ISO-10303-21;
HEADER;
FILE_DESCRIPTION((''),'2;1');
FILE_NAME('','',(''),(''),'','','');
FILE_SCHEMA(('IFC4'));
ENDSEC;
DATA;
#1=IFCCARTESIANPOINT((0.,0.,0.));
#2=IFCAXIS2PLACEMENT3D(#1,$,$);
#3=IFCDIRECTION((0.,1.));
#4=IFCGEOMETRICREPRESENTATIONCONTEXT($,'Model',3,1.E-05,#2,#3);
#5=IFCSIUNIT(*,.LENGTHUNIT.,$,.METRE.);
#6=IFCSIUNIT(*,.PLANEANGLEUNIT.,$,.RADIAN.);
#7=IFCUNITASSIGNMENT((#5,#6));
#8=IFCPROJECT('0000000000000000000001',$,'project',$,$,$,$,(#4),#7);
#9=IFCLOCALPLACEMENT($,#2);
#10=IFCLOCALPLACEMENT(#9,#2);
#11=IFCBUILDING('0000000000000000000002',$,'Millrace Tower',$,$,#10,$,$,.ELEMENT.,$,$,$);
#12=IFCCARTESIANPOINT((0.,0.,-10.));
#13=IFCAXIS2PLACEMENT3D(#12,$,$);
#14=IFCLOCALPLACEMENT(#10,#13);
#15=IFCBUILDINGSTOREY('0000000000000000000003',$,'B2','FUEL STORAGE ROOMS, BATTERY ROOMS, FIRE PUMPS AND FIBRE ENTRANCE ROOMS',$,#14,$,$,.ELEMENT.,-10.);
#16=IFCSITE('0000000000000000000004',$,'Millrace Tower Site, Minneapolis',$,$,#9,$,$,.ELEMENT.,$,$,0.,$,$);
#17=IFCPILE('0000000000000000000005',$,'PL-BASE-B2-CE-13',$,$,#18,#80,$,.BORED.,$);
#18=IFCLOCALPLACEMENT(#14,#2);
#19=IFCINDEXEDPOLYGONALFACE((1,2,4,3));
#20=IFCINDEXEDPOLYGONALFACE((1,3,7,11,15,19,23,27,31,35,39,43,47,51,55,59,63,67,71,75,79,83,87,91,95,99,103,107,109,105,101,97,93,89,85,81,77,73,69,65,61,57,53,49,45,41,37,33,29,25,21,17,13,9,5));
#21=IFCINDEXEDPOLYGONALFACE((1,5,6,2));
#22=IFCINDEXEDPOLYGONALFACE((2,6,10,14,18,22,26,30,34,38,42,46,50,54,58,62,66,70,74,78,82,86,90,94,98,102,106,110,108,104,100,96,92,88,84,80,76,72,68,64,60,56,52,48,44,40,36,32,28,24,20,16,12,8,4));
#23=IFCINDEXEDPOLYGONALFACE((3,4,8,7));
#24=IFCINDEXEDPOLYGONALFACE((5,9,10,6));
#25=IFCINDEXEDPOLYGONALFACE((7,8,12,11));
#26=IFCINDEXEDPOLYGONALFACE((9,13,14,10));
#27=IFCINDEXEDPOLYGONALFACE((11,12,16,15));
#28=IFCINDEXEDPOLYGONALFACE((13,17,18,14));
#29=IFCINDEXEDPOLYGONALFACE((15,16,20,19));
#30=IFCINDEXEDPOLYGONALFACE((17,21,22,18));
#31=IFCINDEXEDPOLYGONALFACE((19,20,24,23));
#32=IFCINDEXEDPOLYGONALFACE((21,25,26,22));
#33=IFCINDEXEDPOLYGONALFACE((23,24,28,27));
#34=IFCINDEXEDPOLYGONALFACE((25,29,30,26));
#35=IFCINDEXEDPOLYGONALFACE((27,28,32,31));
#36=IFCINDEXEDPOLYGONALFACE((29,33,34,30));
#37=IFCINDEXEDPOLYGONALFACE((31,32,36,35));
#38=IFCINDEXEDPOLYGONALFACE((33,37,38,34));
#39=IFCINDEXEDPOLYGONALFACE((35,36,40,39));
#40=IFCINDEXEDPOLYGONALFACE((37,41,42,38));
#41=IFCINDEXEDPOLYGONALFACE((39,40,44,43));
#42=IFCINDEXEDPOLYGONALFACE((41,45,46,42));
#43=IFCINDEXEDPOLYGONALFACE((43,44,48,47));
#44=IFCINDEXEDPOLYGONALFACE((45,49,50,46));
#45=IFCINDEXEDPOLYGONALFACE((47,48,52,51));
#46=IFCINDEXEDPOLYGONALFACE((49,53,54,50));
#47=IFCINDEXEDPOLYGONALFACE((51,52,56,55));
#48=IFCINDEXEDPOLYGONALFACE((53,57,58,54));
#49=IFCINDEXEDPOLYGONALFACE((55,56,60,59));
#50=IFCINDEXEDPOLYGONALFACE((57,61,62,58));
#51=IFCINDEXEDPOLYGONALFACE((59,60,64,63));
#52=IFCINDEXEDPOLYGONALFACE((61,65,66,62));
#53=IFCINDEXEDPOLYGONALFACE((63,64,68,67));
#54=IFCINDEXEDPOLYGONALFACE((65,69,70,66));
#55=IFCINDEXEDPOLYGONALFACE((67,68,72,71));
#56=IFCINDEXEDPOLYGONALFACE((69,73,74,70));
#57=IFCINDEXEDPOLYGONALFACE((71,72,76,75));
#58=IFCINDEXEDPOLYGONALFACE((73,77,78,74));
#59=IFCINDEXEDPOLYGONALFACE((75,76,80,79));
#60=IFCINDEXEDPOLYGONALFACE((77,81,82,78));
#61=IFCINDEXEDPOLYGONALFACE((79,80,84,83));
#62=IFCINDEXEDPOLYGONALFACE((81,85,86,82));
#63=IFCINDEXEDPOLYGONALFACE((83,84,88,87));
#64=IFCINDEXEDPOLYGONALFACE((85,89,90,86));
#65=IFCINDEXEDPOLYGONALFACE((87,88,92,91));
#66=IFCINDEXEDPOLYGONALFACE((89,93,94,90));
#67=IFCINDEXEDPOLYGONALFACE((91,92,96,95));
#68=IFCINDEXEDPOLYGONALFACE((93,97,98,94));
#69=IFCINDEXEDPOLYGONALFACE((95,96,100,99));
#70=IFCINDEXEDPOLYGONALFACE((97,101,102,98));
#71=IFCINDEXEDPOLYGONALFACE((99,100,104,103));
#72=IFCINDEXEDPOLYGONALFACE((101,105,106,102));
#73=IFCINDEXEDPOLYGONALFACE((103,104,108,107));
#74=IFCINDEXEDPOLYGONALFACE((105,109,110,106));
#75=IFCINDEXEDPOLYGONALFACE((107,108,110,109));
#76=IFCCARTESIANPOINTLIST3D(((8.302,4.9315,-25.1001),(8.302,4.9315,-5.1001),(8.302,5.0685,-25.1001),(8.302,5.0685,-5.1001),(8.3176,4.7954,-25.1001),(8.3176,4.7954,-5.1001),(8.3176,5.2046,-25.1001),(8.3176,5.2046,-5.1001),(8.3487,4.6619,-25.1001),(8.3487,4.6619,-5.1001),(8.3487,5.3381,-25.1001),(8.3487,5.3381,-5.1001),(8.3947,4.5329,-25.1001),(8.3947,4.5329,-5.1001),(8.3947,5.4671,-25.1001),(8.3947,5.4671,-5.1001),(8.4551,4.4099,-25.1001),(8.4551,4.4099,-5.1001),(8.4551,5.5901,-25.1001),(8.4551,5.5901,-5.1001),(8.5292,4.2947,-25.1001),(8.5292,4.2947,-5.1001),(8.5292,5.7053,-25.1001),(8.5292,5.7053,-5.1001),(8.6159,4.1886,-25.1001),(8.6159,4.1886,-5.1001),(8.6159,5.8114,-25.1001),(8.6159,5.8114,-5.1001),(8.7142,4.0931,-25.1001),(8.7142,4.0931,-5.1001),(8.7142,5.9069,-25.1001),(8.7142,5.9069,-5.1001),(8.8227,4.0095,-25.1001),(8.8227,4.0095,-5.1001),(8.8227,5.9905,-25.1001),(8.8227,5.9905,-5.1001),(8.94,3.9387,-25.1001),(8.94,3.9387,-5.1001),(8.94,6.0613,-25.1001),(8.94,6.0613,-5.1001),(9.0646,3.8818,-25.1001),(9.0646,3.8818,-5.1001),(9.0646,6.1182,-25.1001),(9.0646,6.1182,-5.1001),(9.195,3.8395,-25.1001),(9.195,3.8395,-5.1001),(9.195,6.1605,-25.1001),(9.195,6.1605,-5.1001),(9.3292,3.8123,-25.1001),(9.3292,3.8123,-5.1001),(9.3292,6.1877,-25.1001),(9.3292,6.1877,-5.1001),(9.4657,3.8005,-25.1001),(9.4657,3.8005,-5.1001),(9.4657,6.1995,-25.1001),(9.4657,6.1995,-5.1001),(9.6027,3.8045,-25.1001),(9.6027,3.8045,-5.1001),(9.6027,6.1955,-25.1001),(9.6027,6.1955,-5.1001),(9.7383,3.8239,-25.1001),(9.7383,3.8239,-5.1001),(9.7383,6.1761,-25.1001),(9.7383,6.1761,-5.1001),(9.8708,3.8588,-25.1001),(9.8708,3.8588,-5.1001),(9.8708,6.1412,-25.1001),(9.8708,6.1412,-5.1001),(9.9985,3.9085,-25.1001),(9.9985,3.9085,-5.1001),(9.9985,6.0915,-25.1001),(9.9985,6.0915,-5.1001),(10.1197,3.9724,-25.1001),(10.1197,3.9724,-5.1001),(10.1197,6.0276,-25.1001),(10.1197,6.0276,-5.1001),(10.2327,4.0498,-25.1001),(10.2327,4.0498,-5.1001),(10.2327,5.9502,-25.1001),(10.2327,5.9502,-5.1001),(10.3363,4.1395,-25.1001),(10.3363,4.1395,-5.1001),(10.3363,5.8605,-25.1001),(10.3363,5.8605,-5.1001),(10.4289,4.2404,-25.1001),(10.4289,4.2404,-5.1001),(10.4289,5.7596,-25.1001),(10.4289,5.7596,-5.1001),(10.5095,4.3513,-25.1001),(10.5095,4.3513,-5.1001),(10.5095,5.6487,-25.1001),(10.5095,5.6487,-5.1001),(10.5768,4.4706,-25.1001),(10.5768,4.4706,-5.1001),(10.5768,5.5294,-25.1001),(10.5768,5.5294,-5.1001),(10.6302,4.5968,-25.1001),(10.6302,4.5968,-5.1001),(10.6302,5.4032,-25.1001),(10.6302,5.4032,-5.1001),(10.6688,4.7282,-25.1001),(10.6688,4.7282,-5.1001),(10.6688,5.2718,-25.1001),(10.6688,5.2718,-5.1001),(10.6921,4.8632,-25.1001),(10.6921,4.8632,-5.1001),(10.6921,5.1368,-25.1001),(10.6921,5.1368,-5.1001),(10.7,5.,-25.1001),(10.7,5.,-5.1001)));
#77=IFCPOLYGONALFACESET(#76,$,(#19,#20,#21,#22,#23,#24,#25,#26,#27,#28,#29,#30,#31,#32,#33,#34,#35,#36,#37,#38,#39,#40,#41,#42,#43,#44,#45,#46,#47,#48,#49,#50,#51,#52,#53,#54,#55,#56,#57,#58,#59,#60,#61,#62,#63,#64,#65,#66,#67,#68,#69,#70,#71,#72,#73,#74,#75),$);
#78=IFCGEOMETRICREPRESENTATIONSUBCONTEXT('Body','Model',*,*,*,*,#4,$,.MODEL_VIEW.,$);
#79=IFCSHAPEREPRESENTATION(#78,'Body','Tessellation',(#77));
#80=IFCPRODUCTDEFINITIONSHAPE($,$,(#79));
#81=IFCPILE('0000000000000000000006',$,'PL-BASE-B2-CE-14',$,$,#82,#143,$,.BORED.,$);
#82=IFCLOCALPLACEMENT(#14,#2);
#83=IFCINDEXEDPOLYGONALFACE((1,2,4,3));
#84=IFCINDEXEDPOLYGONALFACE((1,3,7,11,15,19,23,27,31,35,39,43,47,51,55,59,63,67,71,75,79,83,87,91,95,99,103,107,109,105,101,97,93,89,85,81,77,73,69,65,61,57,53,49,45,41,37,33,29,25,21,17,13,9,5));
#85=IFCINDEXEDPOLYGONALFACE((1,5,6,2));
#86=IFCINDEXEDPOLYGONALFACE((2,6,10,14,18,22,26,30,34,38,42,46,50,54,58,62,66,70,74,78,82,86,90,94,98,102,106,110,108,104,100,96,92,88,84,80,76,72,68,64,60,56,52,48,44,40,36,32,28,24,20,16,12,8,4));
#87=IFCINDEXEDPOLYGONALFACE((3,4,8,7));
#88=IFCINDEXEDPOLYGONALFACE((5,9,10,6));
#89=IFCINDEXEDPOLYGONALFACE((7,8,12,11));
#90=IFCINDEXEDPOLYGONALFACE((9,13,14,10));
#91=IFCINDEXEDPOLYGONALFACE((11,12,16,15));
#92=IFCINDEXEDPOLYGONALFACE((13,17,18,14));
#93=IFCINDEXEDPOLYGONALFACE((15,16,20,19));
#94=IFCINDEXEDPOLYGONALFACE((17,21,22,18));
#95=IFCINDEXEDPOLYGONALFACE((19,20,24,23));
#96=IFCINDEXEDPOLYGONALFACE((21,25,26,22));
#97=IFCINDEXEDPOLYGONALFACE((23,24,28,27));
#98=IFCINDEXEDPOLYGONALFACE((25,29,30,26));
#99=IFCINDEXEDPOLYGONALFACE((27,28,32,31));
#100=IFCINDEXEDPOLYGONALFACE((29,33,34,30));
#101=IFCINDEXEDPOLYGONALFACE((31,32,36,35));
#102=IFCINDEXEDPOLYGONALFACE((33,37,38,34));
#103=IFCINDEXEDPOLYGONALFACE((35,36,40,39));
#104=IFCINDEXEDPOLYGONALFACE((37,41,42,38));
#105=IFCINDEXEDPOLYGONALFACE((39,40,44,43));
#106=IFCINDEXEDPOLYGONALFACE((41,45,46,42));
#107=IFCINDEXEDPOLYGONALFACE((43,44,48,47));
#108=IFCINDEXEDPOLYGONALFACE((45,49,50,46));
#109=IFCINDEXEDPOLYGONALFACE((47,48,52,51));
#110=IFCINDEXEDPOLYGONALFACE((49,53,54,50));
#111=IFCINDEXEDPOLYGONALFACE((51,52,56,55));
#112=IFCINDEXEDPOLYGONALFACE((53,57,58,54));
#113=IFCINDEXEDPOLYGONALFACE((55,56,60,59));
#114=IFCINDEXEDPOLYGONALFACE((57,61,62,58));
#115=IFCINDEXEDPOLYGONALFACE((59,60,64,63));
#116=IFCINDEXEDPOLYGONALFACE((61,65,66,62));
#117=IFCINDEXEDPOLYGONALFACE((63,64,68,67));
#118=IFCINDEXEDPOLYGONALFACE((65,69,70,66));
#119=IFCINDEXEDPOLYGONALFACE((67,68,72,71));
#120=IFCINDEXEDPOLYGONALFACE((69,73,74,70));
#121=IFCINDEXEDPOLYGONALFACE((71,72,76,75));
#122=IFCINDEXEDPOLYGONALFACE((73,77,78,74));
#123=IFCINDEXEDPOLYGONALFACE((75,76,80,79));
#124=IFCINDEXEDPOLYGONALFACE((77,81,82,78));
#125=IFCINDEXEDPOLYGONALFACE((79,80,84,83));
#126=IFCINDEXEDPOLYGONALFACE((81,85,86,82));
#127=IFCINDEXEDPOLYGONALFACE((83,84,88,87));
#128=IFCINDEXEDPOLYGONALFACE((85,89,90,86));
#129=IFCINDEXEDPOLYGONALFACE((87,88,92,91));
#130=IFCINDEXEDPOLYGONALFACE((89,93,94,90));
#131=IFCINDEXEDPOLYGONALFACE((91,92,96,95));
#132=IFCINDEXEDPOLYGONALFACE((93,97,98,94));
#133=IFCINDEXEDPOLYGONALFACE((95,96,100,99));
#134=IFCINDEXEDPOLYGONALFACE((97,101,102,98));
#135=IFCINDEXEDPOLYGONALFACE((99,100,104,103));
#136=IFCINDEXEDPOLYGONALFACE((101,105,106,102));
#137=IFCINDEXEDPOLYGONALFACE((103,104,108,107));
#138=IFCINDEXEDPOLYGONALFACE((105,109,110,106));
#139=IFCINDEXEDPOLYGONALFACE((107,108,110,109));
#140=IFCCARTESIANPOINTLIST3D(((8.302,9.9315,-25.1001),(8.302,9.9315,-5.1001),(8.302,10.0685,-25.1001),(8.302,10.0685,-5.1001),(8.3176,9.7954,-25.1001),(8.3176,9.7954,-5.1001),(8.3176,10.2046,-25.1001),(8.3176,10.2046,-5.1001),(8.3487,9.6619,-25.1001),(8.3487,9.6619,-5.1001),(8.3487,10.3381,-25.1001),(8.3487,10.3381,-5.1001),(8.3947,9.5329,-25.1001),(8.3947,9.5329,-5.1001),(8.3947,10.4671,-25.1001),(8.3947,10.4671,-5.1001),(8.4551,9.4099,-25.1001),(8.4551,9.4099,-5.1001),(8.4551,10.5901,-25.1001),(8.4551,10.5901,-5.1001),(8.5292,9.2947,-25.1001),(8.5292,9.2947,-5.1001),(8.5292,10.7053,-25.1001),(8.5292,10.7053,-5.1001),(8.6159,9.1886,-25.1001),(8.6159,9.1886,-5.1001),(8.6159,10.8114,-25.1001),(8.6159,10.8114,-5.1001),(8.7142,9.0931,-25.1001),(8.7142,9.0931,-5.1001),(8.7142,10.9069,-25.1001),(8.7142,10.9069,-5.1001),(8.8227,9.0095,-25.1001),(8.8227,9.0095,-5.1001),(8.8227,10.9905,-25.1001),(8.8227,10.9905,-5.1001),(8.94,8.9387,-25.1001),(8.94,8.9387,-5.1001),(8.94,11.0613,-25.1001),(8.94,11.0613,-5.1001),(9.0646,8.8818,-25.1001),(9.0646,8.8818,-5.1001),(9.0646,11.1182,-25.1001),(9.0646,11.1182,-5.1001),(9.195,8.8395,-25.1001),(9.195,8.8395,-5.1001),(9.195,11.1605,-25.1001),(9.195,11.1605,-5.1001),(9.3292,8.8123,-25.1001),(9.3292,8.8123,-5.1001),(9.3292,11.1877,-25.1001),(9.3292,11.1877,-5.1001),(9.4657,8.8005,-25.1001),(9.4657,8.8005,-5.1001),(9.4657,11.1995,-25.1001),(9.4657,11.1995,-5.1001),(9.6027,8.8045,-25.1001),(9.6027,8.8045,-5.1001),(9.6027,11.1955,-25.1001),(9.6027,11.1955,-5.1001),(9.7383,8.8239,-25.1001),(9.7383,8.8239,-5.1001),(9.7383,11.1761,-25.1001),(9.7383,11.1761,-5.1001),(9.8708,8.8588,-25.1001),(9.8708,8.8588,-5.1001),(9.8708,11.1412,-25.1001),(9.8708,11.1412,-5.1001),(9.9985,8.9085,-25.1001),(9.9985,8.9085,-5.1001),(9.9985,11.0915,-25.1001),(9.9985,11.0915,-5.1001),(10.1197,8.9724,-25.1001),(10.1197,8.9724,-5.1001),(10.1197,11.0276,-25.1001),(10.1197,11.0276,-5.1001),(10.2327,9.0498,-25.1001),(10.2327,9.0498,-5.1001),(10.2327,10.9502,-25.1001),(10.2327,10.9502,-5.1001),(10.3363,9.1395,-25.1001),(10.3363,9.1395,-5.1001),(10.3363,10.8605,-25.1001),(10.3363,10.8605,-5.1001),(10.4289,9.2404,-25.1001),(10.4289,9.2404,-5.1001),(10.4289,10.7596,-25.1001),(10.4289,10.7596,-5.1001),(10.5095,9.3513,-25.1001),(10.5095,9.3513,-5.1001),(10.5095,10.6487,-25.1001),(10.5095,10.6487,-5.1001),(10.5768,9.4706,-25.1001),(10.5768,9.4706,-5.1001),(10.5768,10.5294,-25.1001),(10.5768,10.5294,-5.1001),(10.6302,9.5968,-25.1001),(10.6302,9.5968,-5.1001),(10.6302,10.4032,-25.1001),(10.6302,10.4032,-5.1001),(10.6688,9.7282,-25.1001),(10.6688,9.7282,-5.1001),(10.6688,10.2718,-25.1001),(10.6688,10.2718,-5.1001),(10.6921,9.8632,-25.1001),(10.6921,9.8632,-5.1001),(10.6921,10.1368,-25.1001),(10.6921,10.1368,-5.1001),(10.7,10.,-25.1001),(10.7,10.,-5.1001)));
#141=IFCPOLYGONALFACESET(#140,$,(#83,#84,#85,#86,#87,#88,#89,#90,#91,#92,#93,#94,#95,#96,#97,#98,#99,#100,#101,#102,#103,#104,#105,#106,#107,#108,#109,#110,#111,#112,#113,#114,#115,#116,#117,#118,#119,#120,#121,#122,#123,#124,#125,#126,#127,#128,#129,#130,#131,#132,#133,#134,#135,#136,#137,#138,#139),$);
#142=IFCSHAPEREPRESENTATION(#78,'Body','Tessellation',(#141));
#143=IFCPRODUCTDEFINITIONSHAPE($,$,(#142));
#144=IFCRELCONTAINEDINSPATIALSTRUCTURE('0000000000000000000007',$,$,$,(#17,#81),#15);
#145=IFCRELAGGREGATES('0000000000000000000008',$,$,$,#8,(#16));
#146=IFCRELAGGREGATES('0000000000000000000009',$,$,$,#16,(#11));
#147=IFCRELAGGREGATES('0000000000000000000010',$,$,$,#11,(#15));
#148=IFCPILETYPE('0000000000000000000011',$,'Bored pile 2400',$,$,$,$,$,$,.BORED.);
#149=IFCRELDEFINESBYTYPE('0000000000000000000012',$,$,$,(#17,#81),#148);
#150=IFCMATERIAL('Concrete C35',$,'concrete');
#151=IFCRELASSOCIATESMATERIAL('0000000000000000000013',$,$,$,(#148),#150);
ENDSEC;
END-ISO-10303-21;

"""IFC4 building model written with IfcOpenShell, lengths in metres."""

from ifc_helpers import new_model, si_unit, direction, frame, origin, origin_2d, place, context, subcontext, project, spatial, circle, extrude, material, material_profile, profile_set, type_object, element, save


model = new_model("IFC4")

# Units and contexts
model_context = context("Model", 3, precision=1e-05, world=origin(), true_north=direction((0.0, 1.0)))
body_context = subcontext(model_context, "Body", "Model", "MODEL_VIEW")
ifc_project = project(units=[si_unit("LENGTHUNIT", "METRE"), si_unit("PLANEANGLEUNIT", "RADIAN")], contexts=[model_context])

# Site, building, storey
site_placement = place(None, origin())
site = spatial("IfcSite", under=ifc_project, at=site_placement, Name="Millrace Tower Site, Minneapolis", CompositionType="ELEMENT", RefElevation=0.0)
building_placement = place(site_placement, origin())
building = spatial("IfcBuilding", under=site, at=building_placement, Name="Millrace Tower", CompositionType="ELEMENT")
storey_placement = place(building_placement, frame((0.0, 0.0, -10.0)))
storey = spatial("IfcBuildingStorey", under=building, at=storey_placement, Name="B2", Description="FUEL STORAGE ROOMS, BATTERY ROOMS, FIRE PUMPS AND FIBRE ENTRANCE ROOMS", CompositionType="ELEMENT", Elevation=-10.0)

# Piles
ifc_material_1 = material(Name="Concrete C35", Category="concrete")
ifc_material_profile_1 = material_profile(ifc_material_1, circle(Radius=1.2, at=origin_2d()))
ifc_profile_set_1 = profile_set([ifc_material_profile_1], Name="Concrete C35")
pile_type = type_object("IfcPileType", Name="Bored pile 2400", PredefinedType="BORED", material=ifc_profile_set_1)
for number, where, z_axis, x_axis, name in (
    (1, (9.5, 5.0, -5.1001), (0.0, 0.0, -1.0), (1.0, 0.0, 0.0), "PL-BASE-B2-CE-13"),
    (2, (9.5, 10.0, -5.1001), (0.0, 0.0, -1.0), (1.0, 0.0, 0.0), "PL-BASE-B2-CE-14"),
):
    element("IfcPile", number, at=place(storey_placement, frame(where, z_axis=z_axis, x_axis=x_axis)), inside=storey, type_object=pile_type, Name=name, PredefinedType="BORED", context=body_context, shape_type="SweptSolid", body=[
        extrude(circle(Radius=1.2, at=origin_2d()), origin(), (0.0, 0.0, 1.0), 20.0),
    ])

save(model, "model.ifc")
